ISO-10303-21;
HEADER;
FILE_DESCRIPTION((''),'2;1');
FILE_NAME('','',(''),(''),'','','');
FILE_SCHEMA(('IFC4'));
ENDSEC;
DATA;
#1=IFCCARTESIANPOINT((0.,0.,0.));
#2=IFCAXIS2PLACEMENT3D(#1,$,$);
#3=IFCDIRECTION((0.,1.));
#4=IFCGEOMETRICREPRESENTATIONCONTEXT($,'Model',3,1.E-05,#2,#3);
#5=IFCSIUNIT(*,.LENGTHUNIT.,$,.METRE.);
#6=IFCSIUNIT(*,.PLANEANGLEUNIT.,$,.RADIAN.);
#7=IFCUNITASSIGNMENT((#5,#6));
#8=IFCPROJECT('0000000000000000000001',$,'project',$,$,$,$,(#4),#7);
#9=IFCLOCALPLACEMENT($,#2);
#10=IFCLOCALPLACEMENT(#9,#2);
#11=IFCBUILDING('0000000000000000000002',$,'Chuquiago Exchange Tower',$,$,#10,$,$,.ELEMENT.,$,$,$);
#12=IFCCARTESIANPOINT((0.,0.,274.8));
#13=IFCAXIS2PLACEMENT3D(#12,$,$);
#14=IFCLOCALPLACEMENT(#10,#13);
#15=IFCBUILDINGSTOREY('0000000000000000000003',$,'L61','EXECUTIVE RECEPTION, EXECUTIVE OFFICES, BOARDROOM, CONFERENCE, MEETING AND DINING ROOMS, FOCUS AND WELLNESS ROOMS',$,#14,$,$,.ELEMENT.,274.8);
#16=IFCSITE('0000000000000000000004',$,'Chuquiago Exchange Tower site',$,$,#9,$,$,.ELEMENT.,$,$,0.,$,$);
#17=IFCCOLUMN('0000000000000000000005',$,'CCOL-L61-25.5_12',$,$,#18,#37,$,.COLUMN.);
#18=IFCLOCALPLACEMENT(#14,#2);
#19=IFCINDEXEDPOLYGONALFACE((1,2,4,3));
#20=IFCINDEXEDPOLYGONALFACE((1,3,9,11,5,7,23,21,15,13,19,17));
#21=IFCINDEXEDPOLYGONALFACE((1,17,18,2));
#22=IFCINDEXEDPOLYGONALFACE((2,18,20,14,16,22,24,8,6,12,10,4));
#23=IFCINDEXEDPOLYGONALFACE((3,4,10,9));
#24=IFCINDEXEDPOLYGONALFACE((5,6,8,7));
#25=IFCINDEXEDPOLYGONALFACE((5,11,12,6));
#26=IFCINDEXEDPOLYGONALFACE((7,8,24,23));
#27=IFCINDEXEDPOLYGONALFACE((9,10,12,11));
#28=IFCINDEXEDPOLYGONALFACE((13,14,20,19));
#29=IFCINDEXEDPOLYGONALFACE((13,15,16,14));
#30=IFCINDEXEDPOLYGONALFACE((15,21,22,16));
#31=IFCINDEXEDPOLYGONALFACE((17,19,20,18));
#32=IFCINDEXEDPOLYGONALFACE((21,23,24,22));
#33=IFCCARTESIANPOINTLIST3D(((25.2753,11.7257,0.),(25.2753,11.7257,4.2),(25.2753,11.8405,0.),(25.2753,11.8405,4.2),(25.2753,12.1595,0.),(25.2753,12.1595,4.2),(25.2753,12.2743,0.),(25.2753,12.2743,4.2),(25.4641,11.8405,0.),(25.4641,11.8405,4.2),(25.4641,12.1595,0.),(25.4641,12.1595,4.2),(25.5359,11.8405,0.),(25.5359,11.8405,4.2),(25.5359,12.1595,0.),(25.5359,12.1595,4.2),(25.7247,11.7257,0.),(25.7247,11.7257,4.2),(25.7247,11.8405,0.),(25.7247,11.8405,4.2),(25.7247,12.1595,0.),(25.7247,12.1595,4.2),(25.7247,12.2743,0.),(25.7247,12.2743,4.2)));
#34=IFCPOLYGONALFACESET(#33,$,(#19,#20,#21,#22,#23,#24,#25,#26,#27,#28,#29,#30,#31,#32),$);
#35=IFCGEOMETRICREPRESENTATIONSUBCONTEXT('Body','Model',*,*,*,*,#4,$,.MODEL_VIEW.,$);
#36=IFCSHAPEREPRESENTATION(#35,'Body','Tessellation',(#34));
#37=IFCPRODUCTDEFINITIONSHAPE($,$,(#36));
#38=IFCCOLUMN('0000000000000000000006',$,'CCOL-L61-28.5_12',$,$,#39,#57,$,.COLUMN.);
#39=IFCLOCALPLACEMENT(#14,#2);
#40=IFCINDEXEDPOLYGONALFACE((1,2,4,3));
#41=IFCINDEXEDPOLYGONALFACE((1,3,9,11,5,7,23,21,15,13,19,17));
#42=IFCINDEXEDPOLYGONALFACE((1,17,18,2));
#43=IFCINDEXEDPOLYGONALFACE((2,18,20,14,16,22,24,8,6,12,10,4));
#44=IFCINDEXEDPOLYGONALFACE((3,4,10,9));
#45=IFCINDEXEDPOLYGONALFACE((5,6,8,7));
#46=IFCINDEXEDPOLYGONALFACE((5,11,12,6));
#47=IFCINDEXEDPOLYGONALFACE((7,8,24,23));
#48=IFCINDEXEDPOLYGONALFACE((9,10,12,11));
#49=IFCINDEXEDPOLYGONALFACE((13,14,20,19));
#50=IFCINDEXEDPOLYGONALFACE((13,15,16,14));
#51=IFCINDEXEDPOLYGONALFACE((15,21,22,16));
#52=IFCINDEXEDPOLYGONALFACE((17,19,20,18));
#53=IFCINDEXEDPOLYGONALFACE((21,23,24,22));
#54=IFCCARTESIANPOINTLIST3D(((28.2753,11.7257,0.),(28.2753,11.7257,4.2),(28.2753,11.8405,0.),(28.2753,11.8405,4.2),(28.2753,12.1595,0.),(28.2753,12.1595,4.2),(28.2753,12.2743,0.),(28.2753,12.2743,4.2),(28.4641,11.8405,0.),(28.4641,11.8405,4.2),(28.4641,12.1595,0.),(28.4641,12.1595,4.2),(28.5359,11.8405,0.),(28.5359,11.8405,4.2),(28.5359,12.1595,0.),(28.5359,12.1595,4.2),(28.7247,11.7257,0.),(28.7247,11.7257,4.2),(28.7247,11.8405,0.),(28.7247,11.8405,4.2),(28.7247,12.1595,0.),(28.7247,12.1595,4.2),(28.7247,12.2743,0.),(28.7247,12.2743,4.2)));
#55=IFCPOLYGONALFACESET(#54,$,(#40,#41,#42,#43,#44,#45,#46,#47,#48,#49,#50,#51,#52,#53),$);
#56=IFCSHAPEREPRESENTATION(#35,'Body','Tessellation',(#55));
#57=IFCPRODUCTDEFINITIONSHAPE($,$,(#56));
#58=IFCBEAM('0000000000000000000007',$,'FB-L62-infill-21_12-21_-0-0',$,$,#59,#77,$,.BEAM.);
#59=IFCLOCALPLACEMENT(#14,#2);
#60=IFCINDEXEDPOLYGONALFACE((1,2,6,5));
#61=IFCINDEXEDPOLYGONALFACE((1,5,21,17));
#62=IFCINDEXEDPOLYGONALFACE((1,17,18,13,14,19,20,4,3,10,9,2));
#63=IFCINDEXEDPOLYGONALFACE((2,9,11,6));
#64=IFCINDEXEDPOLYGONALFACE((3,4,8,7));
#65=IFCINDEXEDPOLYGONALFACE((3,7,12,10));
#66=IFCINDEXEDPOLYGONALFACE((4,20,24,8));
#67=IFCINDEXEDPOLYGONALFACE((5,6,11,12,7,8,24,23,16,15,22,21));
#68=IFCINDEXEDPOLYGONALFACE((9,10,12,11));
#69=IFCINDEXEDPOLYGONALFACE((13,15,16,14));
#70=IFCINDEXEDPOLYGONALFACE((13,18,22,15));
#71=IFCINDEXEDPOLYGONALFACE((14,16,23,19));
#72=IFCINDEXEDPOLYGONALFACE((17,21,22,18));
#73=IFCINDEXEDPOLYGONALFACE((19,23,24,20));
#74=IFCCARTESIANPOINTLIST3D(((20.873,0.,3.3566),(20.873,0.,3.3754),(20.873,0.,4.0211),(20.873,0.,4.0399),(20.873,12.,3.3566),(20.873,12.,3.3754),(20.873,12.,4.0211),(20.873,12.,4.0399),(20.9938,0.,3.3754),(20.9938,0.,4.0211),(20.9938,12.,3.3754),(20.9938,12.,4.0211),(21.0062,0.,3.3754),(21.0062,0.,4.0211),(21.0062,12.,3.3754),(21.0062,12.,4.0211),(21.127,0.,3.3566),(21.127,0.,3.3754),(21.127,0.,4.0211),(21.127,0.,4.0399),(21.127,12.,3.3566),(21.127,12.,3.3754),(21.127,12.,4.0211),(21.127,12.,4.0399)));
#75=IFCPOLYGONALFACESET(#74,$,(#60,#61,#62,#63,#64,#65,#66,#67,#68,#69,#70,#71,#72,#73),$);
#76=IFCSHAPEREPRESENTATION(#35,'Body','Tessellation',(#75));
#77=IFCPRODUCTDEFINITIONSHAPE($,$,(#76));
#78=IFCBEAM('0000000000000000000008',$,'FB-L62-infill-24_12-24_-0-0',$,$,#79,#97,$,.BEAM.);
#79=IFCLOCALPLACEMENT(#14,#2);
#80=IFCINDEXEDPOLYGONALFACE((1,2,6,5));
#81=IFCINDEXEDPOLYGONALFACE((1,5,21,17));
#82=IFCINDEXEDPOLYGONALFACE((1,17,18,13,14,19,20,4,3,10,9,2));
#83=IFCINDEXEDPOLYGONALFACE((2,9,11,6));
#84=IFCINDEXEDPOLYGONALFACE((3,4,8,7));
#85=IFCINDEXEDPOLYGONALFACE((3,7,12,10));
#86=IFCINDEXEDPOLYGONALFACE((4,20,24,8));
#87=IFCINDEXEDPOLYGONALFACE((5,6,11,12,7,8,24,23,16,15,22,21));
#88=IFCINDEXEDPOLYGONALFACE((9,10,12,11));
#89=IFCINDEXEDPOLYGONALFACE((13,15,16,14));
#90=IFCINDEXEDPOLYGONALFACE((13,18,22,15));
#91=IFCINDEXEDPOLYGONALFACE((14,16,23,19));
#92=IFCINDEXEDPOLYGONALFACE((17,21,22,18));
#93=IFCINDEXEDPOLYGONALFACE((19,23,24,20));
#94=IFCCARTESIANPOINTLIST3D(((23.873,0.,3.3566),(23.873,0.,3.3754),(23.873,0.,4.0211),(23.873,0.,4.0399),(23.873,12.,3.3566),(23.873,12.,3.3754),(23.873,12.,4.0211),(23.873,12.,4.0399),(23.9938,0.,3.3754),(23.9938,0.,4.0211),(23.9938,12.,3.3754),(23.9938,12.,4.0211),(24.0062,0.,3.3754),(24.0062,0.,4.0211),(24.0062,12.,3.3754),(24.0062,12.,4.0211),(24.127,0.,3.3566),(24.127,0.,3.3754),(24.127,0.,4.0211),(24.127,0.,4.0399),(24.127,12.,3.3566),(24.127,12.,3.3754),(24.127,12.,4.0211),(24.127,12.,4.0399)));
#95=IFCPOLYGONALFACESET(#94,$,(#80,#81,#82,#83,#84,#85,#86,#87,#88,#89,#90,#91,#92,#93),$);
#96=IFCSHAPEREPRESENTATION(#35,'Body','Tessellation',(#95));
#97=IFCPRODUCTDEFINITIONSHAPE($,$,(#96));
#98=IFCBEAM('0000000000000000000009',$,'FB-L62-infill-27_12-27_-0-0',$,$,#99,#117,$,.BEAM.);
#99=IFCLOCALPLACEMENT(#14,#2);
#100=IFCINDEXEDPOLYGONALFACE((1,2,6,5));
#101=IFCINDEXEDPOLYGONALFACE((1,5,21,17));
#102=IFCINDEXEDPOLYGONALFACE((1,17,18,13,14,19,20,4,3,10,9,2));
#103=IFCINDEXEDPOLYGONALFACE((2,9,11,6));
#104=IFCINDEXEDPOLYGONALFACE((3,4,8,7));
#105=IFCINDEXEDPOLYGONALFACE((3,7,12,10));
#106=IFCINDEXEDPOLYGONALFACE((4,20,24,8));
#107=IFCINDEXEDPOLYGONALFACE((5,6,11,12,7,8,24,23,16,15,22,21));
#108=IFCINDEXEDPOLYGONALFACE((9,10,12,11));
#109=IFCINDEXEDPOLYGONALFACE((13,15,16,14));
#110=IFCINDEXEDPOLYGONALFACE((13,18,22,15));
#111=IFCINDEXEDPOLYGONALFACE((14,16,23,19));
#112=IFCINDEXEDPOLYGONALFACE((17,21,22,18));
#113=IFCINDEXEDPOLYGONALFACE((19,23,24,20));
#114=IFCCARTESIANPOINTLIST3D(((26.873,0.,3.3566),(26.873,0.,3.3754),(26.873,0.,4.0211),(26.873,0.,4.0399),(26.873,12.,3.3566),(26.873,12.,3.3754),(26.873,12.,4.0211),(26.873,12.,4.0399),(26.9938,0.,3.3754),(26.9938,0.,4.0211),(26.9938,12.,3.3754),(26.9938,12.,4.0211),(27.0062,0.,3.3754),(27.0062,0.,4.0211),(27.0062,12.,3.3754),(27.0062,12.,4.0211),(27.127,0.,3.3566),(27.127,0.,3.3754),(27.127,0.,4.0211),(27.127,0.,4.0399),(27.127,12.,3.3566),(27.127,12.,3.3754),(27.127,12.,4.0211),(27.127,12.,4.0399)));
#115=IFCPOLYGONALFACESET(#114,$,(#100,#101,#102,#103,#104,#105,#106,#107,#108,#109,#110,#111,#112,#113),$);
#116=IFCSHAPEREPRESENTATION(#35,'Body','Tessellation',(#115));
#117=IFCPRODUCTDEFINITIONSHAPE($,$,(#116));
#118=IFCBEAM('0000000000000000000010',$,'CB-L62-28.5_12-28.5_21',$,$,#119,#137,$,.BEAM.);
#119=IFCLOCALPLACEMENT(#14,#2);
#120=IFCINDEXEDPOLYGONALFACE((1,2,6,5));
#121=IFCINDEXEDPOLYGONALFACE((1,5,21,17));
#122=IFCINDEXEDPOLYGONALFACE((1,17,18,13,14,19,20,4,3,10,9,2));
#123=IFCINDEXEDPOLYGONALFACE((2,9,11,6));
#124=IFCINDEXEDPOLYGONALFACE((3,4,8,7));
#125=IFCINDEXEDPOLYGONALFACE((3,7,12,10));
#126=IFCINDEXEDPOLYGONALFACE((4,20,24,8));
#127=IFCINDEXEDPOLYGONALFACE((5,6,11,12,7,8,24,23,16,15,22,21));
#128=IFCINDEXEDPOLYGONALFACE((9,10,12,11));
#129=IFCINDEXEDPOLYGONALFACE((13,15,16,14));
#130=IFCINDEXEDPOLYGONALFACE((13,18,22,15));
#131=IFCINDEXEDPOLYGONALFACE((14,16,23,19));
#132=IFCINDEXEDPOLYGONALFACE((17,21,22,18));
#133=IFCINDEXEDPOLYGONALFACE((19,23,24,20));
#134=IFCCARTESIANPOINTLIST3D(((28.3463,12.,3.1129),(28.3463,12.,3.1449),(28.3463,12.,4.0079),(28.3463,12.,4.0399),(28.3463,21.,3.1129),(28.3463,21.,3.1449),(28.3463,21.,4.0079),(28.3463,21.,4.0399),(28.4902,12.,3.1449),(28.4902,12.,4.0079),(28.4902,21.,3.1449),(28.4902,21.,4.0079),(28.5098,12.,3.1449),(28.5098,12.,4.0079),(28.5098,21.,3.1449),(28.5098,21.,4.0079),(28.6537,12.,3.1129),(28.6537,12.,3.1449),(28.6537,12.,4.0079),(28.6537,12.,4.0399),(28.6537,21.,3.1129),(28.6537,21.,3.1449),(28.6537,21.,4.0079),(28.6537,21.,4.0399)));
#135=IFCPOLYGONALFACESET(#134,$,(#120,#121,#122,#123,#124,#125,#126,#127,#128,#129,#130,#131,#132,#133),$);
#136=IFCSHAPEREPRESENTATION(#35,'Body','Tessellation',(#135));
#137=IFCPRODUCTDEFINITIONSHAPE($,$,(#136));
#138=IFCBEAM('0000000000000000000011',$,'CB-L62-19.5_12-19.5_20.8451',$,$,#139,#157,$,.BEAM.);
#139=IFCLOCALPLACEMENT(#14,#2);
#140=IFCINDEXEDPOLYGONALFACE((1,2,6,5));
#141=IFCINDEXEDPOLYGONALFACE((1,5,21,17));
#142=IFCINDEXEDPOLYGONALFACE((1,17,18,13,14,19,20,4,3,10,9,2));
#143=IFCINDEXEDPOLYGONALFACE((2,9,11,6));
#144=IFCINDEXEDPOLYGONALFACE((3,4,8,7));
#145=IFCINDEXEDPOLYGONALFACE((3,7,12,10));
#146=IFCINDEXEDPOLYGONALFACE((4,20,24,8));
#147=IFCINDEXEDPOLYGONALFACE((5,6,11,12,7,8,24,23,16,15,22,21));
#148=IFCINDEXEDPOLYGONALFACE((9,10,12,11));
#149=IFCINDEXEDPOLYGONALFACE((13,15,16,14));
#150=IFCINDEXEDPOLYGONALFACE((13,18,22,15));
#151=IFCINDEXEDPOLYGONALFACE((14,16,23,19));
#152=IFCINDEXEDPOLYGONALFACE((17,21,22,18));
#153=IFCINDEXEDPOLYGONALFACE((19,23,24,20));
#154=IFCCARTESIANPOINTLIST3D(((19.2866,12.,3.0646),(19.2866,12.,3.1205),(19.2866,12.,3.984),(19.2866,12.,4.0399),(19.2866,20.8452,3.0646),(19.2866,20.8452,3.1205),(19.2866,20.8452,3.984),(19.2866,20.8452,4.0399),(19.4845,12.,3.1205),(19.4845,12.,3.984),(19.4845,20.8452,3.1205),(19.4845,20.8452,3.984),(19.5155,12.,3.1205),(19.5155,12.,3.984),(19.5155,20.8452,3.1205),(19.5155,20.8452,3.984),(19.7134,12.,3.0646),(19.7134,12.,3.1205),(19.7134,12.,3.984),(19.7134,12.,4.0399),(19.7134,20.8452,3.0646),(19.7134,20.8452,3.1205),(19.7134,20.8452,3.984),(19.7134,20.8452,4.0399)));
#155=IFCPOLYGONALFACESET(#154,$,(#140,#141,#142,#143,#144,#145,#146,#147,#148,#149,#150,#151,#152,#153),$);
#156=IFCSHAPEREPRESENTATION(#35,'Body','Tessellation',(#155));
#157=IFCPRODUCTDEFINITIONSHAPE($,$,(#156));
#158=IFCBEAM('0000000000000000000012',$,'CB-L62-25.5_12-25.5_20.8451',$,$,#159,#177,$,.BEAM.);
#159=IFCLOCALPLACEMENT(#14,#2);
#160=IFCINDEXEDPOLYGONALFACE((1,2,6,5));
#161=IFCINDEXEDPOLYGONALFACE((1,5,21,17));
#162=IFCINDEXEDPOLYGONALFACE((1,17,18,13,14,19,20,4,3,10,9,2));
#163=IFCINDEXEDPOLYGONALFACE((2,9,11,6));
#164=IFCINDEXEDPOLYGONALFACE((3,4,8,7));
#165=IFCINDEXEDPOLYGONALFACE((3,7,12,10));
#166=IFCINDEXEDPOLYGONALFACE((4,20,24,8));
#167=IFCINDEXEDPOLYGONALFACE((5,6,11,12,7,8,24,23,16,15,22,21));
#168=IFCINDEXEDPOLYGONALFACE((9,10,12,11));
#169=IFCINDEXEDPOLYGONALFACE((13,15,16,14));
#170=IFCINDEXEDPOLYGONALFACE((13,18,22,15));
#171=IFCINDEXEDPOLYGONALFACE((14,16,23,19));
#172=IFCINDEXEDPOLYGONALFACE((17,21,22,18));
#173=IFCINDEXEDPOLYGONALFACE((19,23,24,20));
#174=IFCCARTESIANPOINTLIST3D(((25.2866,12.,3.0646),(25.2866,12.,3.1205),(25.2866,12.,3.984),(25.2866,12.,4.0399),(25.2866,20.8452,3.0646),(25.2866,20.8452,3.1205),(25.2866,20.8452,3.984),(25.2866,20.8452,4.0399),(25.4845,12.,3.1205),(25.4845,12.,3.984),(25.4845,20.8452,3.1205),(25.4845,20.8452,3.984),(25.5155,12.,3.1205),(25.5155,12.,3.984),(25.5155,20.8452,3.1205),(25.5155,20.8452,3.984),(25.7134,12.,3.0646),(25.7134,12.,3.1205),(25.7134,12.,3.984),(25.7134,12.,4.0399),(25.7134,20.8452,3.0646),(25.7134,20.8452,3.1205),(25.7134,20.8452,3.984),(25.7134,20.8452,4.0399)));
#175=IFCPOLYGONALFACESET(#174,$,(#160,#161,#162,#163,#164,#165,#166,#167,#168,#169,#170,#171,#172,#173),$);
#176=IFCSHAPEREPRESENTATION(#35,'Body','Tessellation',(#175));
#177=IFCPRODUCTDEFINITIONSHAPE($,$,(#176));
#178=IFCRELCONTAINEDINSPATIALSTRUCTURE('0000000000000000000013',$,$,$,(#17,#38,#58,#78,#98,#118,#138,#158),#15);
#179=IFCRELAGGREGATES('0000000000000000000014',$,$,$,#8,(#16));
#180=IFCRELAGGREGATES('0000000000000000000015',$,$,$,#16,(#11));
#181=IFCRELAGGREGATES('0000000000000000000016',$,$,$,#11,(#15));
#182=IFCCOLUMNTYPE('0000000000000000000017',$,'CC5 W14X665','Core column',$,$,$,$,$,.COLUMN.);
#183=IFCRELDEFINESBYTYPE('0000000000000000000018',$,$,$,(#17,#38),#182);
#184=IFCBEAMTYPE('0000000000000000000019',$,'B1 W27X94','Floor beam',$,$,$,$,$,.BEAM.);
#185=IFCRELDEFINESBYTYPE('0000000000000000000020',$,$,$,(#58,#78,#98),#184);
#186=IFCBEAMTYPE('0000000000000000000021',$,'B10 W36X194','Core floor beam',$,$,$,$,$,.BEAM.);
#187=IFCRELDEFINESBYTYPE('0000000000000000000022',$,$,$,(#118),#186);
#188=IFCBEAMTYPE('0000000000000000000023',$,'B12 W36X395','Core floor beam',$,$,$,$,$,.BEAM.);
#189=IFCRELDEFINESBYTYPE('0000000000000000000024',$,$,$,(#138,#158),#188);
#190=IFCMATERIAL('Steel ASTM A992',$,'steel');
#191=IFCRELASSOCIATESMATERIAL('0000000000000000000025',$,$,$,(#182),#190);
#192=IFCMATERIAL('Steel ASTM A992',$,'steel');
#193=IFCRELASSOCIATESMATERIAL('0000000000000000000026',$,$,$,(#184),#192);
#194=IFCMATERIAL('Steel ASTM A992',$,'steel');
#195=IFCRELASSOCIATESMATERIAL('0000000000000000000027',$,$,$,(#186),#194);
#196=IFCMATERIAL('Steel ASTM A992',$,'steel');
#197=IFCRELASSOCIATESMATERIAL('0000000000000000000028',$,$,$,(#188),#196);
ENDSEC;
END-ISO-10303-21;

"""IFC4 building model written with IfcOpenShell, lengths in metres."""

from ifc_helpers import new_model, si_unit, direction, frame, origin, origin_2d, place, context, subcontext, project, spatial, i_section, extrude, material, material_profile, profile_set, type_object, element, save


model = new_model("IFC4")

# Units and contexts
model_context = context("Model", 3, precision=1e-05, world=origin(), true_north=direction((0.0, 1.0)))
body_context = subcontext(model_context, "Body", "Model", "MODEL_VIEW")
ifc_project = project(units=[si_unit("LENGTHUNIT", "METRE"), si_unit("PLANEANGLEUNIT", "RADIAN")], contexts=[model_context])

# Site, building, storey
site_placement = place(None, origin())
site = spatial("IfcSite", under=ifc_project, at=site_placement, Name="Chuquiago Exchange Tower site", CompositionType="ELEMENT", RefElevation=0.0)
building_placement = place(site_placement, origin())
building = spatial("IfcBuilding", under=site, at=building_placement, Name="Chuquiago Exchange Tower", CompositionType="ELEMENT")
storey_placement = place(building_placement, frame((0.0, 0.0, 274.8)))
storey = spatial("IfcBuildingStorey", under=building, at=storey_placement, Name="L61", Description="EXECUTIVE RECEPTION, EXECUTIVE OFFICES, BOARDROOM, CONFERENCE, MEETING AND DINING ROOMS, FOCUS AND WELLNESS ROOMS", CompositionType="ELEMENT", Elevation=274.8)

# Columns
ifc_material_1 = material(Name="Steel ASTM A992", Category="steel")
ifc_material_profile_1 = material_profile(ifc_material_1, i_section(OverallWidth=0.4495, OverallDepth=0.5486, WebThickness=0.0718, FlangeThickness=0.1147, at=origin_2d()), Name="W14X665")
ifc_profile_set_1 = profile_set([ifc_material_profile_1], Name="Steel ASTM A992")
column_type = type_object("IfcColumnType", Name="CC5 W14X665", Description="Core column", PredefinedType="COLUMN", material=ifc_profile_set_1)
for number, where, z_axis, x_axis, name in (
    (1, (25.5, 12.0, 0.0), (0.0, 0.0, 1.0), (1.0, 0.0, 0.0), "CCOL-L61-25.5_12"),
    (2, (28.5, 12.0, 0.0), (0.0, 0.0, 1.0), (1.0, 0.0, 0.0), "CCOL-L61-28.5_12"),
):
    element("IfcColumn", number, at=place(storey_placement, frame(where, z_axis=z_axis, x_axis=x_axis)), inside=storey, type_object=column_type, Name=name, PredefinedType="COLUMN", context=body_context, shape_type="SweptSolid", body=[
        extrude(i_section(OverallWidth=0.4495, OverallDepth=0.5486, WebThickness=0.0718, FlangeThickness=0.1147, at=origin_2d()), origin(), (0.0, 0.0, 1.0), 4.2),
    ])

# Beams
ifc_material_2 = material(Name="Steel ASTM A992", Category="steel")
ifc_material_profile_2 = material_profile(ifc_material_2, i_section(OverallWidth=0.2539, OverallDepth=0.6833, WebThickness=0.0125, FlangeThickness=0.0188, at=origin_2d()), Name="W27X94")
ifc_profile_set_2 = profile_set([ifc_material_profile_2], Name="Steel ASTM A992")
beam_type_1 = type_object("IfcBeamType", Name="B1 W27X94", Description="Floor beam", PredefinedType="BEAM", material=ifc_profile_set_2)
for number, where, z_axis, x_axis, name in (
    (3, (21.0, 12.0, 3.6982), (0.0, -1.0, 0.0), (1.0, 0.0, 0.0), "FB-L62-infill-21_12-21_-0-0"),
    (4, (24.0, 12.0, 3.6982), (0.0, -1.0, 0.0), (1.0, 0.0, 0.0), "FB-L62-infill-24_12-24_-0-0"),
    (5, (27.0, 12.0, 3.6982), (0.0, -1.0, 0.0), (1.0, 0.0, 0.0), "FB-L62-infill-27_12-27_-0-0"),
):
    element("IfcBeam", number, at=place(storey_placement, frame(where, z_axis=z_axis, x_axis=x_axis)), inside=storey, type_object=beam_type_1, Name=name, PredefinedType="BEAM", context=body_context, shape_type="SweptSolid", body=[
        extrude(i_section(OverallWidth=0.2539, OverallDepth=0.6833, WebThickness=0.0125, FlangeThickness=0.0188, at=origin_2d()), origin(), (0.0, 0.0, 1.0), 12.0),
    ])
ifc_material_3 = material(Name="Steel ASTM A992", Category="steel")
ifc_material_profile_3 = material_profile(ifc_material_3, i_section(OverallWidth=0.3074, OverallDepth=0.927, WebThickness=0.0195, FlangeThickness=0.032, at=origin_2d()), Name="W36X194")
ifc_profile_set_3 = profile_set([ifc_material_profile_3], Name="Steel ASTM A992")
beam_type_2 = type_object("IfcBeamType", Name="B10 W36X194", Description="Core floor beam", PredefinedType="BEAM", material=ifc_profile_set_3)
beam_1_placement = place(storey_placement, frame((28.5, 12.0, 3.5764), z_axis=(0.0, 1.0, 0.0), x_axis=(-1.0, 0.0, 0.0)))
element("IfcBeam", 6, at=beam_1_placement, inside=storey, type_object=beam_type_2, Name="CB-L62-28.5_12-28.5_21", PredefinedType="BEAM", context=body_context, shape_type="SweptSolid", body=[
    extrude(i_section(OverallWidth=0.3074, OverallDepth=0.927, WebThickness=0.0195, FlangeThickness=0.032, at=origin_2d()), origin(), (0.0, 0.0, 1.0), 9.0),
])
ifc_material_4 = material(Name="Steel ASTM A992", Category="steel")
ifc_material_profile_4 = material_profile(ifc_material_4, i_section(OverallWidth=0.4268, OverallDepth=0.9753, WebThickness=0.031, FlangeThickness=0.0559, at=origin_2d()), Name="W36X395")
ifc_profile_set_4 = profile_set([ifc_material_profile_4], Name="Steel ASTM A992")
beam_type_3 = type_object("IfcBeamType", Name="B12 W36X395", Description="Core floor beam", PredefinedType="BEAM", material=ifc_profile_set_4)
for number, where, z_axis, x_axis, name in (
    (7, (19.5, 12.0, 3.5522), (0.0, 1.0, 0.0), (-1.0, 0.0, 0.0), "CB-L62-19.5_12-19.5_20.8451"),
    (8, (25.5, 12.0, 3.5522), (0.0, 1.0, 0.0), (-1.0, 0.0, 0.0), "CB-L62-25.5_12-25.5_20.8451"),
):
    element("IfcBeam", number, at=place(storey_placement, frame(where, z_axis=z_axis, x_axis=x_axis)), inside=storey, type_object=beam_type_3, Name=name, PredefinedType="BEAM", context=body_context, shape_type="SweptSolid", body=[
        extrude(i_section(OverallWidth=0.4268, OverallDepth=0.9753, WebThickness=0.031, FlangeThickness=0.0559, at=origin_2d()), origin(), (0.0, 0.0, 1.0), 8.8452),
    ])

save(model, "model.ifc")
